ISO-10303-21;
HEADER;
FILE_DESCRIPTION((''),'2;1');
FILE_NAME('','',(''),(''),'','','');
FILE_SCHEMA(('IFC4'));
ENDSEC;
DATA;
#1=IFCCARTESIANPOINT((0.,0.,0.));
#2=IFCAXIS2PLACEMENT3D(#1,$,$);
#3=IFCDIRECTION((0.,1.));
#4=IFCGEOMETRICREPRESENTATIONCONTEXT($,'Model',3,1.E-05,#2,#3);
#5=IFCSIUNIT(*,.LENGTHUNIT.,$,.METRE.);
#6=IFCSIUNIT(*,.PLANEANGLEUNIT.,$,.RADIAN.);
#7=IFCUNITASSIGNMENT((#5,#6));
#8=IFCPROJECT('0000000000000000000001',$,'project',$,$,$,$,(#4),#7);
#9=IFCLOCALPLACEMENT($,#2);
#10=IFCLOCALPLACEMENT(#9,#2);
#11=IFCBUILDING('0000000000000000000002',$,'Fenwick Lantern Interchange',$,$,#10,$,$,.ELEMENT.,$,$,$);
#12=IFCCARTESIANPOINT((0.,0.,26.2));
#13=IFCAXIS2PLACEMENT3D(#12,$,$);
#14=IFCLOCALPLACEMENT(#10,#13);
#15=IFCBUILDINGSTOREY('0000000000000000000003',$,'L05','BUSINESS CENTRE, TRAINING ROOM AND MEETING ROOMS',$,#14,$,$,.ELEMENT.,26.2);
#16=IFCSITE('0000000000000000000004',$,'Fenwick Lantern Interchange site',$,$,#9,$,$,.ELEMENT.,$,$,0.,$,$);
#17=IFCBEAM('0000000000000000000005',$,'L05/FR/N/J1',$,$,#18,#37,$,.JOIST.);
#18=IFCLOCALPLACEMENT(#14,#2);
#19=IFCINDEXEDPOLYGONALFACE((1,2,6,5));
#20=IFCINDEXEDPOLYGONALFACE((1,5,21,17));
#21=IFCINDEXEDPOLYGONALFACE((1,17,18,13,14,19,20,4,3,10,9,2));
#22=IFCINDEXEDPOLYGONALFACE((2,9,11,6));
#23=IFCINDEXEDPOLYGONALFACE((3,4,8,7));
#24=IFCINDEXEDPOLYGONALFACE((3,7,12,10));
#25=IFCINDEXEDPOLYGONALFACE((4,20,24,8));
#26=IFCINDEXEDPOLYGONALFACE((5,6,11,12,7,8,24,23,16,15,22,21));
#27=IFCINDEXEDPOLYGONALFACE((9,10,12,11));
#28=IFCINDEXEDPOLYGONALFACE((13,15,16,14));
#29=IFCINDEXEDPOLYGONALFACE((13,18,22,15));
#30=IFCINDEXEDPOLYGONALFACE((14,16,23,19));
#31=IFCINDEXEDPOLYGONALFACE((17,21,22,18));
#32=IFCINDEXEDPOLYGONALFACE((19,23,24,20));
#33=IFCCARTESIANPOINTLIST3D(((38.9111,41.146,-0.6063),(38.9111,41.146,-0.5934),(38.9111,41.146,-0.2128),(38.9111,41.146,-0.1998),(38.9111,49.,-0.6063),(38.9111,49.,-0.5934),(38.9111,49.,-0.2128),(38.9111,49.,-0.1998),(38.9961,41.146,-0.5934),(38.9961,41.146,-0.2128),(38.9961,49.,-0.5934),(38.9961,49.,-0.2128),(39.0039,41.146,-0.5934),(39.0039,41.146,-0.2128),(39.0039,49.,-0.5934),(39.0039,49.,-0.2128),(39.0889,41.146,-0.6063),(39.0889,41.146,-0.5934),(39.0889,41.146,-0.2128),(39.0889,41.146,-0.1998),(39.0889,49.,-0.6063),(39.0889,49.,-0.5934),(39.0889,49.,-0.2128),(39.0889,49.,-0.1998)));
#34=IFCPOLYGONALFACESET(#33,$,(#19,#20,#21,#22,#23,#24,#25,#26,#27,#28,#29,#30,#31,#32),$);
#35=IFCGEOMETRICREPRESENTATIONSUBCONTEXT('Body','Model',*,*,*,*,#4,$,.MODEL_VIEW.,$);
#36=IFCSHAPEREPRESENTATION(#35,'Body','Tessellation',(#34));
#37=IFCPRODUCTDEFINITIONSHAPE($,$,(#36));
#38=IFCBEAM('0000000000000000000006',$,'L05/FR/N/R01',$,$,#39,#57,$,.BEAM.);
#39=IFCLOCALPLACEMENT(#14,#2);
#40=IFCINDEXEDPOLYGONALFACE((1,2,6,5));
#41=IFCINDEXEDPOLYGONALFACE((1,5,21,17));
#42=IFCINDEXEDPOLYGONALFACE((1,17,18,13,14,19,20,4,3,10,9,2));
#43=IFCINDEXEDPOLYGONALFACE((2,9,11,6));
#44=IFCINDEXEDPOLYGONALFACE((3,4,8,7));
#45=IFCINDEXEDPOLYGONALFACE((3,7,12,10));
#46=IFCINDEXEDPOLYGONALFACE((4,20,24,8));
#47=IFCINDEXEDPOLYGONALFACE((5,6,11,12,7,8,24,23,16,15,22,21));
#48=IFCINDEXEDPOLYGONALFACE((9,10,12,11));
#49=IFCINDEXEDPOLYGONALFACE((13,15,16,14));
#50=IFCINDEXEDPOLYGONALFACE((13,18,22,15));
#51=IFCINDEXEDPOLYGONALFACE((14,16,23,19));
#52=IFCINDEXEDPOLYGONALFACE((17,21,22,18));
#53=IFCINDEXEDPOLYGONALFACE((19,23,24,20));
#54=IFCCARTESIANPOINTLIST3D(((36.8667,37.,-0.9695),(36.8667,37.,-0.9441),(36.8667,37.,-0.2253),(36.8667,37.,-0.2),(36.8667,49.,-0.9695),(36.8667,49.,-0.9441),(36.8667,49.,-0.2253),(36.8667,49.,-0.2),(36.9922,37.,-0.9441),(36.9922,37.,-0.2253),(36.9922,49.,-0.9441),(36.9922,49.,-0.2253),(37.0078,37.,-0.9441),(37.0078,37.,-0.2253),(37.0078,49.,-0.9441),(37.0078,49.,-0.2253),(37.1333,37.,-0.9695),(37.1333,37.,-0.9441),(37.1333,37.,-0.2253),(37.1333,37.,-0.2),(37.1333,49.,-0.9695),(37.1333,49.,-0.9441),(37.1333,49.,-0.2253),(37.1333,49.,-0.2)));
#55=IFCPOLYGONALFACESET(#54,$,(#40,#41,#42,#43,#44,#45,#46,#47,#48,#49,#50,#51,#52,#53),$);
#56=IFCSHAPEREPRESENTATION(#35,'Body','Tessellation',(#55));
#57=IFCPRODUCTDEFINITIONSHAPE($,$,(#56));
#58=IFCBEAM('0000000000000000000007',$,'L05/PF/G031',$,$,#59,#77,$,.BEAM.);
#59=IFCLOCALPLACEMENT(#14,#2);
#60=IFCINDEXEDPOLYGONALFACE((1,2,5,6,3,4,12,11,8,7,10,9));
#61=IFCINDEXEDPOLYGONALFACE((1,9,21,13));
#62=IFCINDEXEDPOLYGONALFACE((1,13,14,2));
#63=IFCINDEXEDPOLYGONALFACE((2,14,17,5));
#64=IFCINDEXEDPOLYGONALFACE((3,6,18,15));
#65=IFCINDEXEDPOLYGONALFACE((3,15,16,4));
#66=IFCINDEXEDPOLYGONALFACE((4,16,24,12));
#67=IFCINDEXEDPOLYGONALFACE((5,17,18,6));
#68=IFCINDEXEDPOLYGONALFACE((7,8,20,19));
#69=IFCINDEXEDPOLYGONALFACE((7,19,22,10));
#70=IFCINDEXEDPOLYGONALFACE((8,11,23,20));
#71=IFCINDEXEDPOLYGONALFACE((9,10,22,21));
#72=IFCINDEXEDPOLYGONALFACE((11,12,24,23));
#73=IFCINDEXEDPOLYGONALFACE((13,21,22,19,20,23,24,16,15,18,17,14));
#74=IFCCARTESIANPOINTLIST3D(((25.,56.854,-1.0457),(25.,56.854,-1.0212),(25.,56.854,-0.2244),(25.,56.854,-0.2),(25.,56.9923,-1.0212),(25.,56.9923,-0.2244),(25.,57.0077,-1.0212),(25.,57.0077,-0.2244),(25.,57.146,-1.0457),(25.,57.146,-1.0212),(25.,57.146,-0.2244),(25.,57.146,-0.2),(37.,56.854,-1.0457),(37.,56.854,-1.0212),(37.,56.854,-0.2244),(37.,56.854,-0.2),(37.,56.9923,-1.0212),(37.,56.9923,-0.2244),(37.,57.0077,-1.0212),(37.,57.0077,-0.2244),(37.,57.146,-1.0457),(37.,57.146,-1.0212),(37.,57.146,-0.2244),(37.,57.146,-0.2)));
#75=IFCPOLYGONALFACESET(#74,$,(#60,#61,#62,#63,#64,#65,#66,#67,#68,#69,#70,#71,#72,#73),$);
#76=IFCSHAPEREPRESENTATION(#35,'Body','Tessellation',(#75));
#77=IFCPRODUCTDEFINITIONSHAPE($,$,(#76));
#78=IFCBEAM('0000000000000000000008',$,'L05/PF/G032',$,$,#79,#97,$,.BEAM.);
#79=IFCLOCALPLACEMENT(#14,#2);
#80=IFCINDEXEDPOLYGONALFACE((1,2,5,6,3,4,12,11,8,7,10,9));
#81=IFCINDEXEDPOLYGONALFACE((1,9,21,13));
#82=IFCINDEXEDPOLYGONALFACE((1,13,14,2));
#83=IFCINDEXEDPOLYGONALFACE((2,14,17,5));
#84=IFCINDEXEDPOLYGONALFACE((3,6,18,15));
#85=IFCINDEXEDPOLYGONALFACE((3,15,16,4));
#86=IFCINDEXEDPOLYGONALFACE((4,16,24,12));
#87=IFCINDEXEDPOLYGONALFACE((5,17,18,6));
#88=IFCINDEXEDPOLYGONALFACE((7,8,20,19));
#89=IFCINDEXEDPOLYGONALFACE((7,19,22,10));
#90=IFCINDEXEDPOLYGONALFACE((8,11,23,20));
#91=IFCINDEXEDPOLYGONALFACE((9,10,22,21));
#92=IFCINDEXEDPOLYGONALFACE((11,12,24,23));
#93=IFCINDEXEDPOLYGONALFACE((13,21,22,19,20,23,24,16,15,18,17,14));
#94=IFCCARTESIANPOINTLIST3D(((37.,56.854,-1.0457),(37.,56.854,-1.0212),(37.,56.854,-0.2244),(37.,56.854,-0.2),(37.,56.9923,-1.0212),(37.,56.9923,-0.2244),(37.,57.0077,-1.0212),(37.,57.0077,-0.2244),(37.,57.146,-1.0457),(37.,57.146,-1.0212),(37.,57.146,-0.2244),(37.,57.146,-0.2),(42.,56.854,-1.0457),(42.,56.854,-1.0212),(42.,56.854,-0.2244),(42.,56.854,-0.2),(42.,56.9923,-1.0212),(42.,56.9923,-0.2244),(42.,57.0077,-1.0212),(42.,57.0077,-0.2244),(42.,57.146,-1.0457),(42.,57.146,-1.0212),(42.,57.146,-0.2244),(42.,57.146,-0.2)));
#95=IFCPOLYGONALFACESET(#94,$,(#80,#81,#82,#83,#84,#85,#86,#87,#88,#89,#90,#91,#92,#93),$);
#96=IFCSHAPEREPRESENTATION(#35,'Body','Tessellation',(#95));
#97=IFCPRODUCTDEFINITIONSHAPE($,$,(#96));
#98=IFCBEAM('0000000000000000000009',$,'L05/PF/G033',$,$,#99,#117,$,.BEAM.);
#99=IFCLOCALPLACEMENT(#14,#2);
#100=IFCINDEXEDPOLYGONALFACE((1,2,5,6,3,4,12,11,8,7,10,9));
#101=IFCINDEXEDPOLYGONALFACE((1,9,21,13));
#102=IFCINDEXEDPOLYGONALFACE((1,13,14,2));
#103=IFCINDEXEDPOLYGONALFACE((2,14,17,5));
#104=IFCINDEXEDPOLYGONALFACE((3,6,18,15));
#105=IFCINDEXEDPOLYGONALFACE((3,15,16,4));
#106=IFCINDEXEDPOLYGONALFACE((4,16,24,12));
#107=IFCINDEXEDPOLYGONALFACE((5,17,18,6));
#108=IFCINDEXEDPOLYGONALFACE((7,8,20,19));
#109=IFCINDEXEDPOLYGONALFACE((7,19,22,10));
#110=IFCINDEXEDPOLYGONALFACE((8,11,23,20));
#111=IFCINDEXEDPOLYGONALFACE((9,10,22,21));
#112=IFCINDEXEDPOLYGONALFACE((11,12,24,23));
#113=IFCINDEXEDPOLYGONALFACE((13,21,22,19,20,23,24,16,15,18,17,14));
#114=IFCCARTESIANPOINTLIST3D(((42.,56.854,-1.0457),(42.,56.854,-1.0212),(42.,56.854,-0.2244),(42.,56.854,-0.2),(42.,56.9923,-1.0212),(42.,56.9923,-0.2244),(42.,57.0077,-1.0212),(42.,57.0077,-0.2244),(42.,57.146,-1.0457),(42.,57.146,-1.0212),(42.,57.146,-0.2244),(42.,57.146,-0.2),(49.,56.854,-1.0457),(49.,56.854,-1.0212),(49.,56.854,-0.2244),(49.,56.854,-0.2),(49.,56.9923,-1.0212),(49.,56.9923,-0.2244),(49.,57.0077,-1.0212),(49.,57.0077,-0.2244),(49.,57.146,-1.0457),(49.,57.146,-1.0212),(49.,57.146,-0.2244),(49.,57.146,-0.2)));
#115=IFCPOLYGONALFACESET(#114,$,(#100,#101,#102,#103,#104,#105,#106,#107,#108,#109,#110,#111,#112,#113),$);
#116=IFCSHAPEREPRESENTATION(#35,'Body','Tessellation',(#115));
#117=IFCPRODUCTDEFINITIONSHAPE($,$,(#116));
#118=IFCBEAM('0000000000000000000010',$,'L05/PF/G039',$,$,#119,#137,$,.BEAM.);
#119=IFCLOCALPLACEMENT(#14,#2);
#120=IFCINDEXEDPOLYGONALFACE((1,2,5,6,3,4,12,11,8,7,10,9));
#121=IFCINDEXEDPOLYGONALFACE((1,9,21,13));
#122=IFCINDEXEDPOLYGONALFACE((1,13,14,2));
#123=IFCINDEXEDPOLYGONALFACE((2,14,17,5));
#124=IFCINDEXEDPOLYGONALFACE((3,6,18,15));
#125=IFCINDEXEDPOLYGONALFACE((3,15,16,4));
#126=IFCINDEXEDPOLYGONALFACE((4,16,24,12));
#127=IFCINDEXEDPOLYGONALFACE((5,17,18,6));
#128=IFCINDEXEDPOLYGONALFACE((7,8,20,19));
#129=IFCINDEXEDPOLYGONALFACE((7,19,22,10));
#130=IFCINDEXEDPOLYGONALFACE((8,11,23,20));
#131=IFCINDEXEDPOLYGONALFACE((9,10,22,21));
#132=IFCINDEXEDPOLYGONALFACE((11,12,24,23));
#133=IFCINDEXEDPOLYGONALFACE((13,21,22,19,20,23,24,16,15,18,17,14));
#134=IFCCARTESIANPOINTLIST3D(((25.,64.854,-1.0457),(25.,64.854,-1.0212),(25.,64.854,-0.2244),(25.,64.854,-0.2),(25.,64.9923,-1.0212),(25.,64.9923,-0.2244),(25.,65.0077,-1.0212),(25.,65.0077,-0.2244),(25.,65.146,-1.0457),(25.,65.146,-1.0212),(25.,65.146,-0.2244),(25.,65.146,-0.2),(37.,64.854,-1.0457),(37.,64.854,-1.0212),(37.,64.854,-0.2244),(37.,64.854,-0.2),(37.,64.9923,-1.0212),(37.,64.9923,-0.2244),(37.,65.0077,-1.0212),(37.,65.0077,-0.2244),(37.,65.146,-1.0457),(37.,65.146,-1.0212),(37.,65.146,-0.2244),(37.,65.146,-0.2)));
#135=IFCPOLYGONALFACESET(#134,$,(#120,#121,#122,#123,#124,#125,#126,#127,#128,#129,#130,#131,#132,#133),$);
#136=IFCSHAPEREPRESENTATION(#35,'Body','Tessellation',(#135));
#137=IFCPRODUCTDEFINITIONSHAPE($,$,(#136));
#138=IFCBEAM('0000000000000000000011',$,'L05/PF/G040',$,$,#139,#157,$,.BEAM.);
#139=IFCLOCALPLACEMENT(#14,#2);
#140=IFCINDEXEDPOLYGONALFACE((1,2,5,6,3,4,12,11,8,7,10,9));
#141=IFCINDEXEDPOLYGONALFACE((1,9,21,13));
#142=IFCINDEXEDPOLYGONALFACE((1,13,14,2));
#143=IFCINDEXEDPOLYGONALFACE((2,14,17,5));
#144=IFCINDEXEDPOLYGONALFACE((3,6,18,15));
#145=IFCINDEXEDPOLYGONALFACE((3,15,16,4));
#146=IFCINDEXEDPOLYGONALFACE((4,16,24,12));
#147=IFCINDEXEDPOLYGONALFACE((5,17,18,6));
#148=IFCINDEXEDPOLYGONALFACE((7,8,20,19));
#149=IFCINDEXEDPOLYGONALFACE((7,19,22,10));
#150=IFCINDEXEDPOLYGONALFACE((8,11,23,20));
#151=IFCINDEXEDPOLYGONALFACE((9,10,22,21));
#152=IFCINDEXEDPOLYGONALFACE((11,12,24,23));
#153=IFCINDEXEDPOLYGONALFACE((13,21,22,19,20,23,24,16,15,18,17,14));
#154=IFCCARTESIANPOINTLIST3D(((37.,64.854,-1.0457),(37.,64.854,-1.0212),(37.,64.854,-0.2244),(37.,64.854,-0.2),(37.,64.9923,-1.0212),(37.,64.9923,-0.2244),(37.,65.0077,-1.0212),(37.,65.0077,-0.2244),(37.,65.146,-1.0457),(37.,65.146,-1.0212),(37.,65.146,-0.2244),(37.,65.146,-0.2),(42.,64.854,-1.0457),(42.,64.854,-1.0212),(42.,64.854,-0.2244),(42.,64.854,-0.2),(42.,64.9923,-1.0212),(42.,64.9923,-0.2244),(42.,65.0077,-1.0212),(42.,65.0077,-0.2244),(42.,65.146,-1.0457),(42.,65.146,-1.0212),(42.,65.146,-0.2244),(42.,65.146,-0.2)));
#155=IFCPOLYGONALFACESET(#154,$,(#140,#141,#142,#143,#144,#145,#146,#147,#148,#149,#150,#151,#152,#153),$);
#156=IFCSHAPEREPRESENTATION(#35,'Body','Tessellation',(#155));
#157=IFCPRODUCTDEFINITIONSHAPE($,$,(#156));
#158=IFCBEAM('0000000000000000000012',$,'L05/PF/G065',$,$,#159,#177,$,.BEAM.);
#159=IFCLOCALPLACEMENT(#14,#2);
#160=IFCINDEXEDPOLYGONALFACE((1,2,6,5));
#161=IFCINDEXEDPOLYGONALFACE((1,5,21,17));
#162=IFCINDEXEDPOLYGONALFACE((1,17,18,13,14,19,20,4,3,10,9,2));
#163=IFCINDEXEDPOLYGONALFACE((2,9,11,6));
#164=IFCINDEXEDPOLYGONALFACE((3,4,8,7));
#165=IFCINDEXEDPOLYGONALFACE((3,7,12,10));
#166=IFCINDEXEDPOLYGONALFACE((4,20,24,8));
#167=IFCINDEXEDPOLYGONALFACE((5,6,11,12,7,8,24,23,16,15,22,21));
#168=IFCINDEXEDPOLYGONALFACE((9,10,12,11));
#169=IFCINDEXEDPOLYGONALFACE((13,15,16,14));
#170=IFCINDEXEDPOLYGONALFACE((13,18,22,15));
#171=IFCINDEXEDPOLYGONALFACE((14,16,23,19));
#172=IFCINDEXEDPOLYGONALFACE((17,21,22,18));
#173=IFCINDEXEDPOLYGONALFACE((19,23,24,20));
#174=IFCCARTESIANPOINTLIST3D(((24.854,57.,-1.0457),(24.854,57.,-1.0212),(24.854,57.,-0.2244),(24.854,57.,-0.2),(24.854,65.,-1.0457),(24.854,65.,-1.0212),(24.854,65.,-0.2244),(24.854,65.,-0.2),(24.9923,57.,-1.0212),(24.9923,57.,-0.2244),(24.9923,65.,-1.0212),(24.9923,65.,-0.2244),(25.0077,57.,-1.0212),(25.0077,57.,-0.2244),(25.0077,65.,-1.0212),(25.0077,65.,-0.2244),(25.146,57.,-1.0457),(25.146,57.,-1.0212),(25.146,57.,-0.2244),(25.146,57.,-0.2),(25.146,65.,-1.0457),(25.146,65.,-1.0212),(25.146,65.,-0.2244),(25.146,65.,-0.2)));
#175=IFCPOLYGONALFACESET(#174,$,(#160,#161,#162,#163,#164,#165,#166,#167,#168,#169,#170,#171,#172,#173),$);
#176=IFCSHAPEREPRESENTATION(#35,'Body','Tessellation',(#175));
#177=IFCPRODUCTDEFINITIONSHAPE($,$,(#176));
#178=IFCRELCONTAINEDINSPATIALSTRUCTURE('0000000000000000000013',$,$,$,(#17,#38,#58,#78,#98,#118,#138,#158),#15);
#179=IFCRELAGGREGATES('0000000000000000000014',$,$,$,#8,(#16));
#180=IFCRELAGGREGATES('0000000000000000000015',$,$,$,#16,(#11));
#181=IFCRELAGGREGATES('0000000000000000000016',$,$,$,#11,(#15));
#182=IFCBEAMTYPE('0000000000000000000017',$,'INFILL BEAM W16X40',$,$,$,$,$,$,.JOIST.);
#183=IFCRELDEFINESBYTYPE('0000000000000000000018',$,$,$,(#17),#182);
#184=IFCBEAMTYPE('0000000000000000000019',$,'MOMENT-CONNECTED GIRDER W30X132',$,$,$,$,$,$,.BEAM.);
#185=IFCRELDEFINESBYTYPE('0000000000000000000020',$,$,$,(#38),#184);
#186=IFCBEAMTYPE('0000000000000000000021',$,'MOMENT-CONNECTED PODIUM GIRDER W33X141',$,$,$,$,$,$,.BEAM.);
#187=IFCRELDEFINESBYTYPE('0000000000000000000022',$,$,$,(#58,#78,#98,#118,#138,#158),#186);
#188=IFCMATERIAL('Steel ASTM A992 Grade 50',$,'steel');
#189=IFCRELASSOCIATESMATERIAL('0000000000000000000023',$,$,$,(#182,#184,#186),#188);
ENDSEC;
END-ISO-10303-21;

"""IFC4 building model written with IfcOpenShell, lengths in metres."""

from ifc_helpers import new_model, si_unit, direction, frame, origin, origin_2d, place, context, subcontext, project, spatial, i_section, extrude, material, material_profile, profile_set, type_object, element, save


model = new_model("IFC4")

# Units and contexts
model_context = context("Model", 3, precision=1e-05, world=origin(), true_north=direction((0.0, 1.0)))
body_context = subcontext(model_context, "Body", "Model", "MODEL_VIEW")
ifc_project = project(units=[si_unit("LENGTHUNIT", "METRE"), si_unit("PLANEANGLEUNIT", "RADIAN")], contexts=[model_context])

# Site, building, storey
site_placement = place(None, origin())
site = spatial("IfcSite", under=ifc_project, at=site_placement, Name="Fenwick Lantern Interchange site", CompositionType="ELEMENT", RefElevation=0.0)
building_placement = place(site_placement, origin())
building = spatial("IfcBuilding", under=site, at=building_placement, Name="Fenwick Lantern Interchange", CompositionType="ELEMENT")
storey_placement = place(building_placement, frame((0.0, 0.0, 26.2)))
storey = spatial("IfcBuildingStorey", under=building, at=storey_placement, Name="L05", Description="BUSINESS CENTRE, TRAINING ROOM AND MEETING ROOMS", CompositionType="ELEMENT", Elevation=26.2)

# Shared definitions
ifc_material_1 = material(Name="Steel ASTM A992 Grade 50", Category="steel")

# Beams
ifc_material_profile_1 = material_profile(ifc_material_1, i_section(OverallWidth=0.1777, OverallDepth=0.4065, WebThickness=0.0078, FlangeThickness=0.0129, at=origin_2d()), Name="W16X40")
ifc_profile_set_1 = profile_set([ifc_material_profile_1], Name="Steel ASTM A992 Grade 50")
beam_type_1 = type_object("IfcBeamType", Name="INFILL BEAM W16X40", PredefinedType="JOIST", material=ifc_profile_set_1)
beam_1_placement = place(storey_placement, frame((39.0, 49.0, -0.4031), z_axis=(0.0, -1.0, 0.0), x_axis=(1.0, 0.0, 0.0)))
element("IfcBeam", 1, at=beam_1_placement, inside=storey, type_object=beam_type_1, Name="L05/FR/N/J1", PredefinedType="JOIST", context=body_context, shape_type="SweptSolid", body=[
    extrude(i_section(OverallWidth=0.1777, OverallDepth=0.4065, WebThickness=0.0078, FlangeThickness=0.0129, at=origin_2d()), origin(), (0.0, 0.0, 1.0), 7.854),
])
ifc_material_profile_2 = material_profile(ifc_material_1, i_section(OverallWidth=0.2666, OverallDepth=0.7695, WebThickness=0.0156, FlangeThickness=0.0254, at=origin_2d()), Name="W30X132")
ifc_profile_set_2 = profile_set([ifc_material_profile_2], Name="Steel ASTM A992 Grade 50")
beam_type_2 = type_object("IfcBeamType", Name="MOMENT-CONNECTED GIRDER W30X132", PredefinedType="BEAM", material=ifc_profile_set_2)
beam_2_placement = place(storey_placement, frame((37.0, 49.0, -0.5847), z_axis=(0.0, -1.0, 0.0), x_axis=(1.0, 0.0, 0.0)))
element("IfcBeam", 2, at=beam_2_placement, inside=storey, type_object=beam_type_2, Name="L05/FR/N/R01", PredefinedType="BEAM", context=body_context, shape_type="SweptSolid", body=[
    extrude(i_section(OverallWidth=0.2666, OverallDepth=0.7695, WebThickness=0.0156, FlangeThickness=0.0254, at=origin_2d()), origin(), (0.0, 0.0, 1.0), 12.0),
])
ifc_material_profile_3 = material_profile(ifc_material_1, i_section(OverallWidth=0.292, OverallDepth=0.8457, WebThickness=0.0154, FlangeThickness=0.0244, at=origin_2d()), Name="W33X141")
ifc_profile_set_3 = profile_set([ifc_material_profile_3], Name="Steel ASTM A992 Grade 50")
beam_type_3 = type_object("IfcBeamType", Name="MOMENT-CONNECTED PODIUM GIRDER W33X141", PredefinedType="BEAM", material=ifc_profile_set_3)
beam_3_placement = place(storey_placement, frame((25.0, 57.0, -0.6228), z_axis=(1.0, 0.0, 0.0), x_axis=(0.0, 1.0, 0.0)))
element("IfcBeam", 3, at=beam_3_placement, inside=storey, type_object=beam_type_3, Name="L05/PF/G031", PredefinedType="BEAM", context=body_context, shape_type="SweptSolid", body=[
    extrude(i_section(OverallWidth=0.292, OverallDepth=0.8457, WebThickness=0.0154, FlangeThickness=0.0244, at=origin_2d()), origin(), (0.0, 0.0, 1.0), 12.0),
])
beam_4_placement = place(storey_placement, frame((37.0, 57.0, -0.6228), z_axis=(1.0, 0.0, 0.0), x_axis=(0.0, 1.0, 0.0)))
element("IfcBeam", 4, at=beam_4_placement, inside=storey, type_object=beam_type_3, Name="L05/PF/G032", PredefinedType="BEAM", context=body_context, shape_type="SweptSolid", body=[
    extrude(i_section(OverallWidth=0.292, OverallDepth=0.8457, WebThickness=0.0154, FlangeThickness=0.0244, at=origin_2d()), origin(), (0.0, 0.0, 1.0), 5.0),
])
beam_5_placement = place(storey_placement, frame((42.0, 57.0, -0.6228), z_axis=(1.0, 0.0, 0.0), x_axis=(0.0, 1.0, 0.0)))
element("IfcBeam", 5, at=beam_5_placement, inside=storey, type_object=beam_type_3, Name="L05/PF/G033", PredefinedType="BEAM", context=body_context, shape_type="SweptSolid", body=[
    extrude(i_section(OverallWidth=0.292, OverallDepth=0.8457, WebThickness=0.0154, FlangeThickness=0.0244, at=origin_2d()), origin(), (0.0, 0.0, 1.0), 7.0),
])
beam_6_placement = place(storey_placement, frame((25.0, 65.0, -0.6228), z_axis=(1.0, 0.0, 0.0), x_axis=(0.0, 1.0, 0.0)))
element("IfcBeam", 6, at=beam_6_placement, inside=storey, type_object=beam_type_3, Name="L05/PF/G039", PredefinedType="BEAM", context=body_context, shape_type="SweptSolid", body=[
    extrude(i_section(OverallWidth=0.292, OverallDepth=0.8457, WebThickness=0.0154, FlangeThickness=0.0244, at=origin_2d()), origin(), (0.0, 0.0, 1.0), 12.0),
])
beam_7_placement = place(storey_placement, frame((37.0, 65.0, -0.6228), z_axis=(1.0, 0.0, 0.0), x_axis=(0.0, 1.0, 0.0)))
element("IfcBeam", 7, at=beam_7_placement, inside=storey, type_object=beam_type_3, Name="L05/PF/G040", PredefinedType="BEAM", context=body_context, shape_type="SweptSolid", body=[
    extrude(i_section(OverallWidth=0.292, OverallDepth=0.8457, WebThickness=0.0154, FlangeThickness=0.0244, at=origin_2d()), origin(), (0.0, 0.0, 1.0), 5.0),
])
for number, where, z_axis, x_axis, name in (
    (8, (25.0, 57.0, -0.6228), (0.0, 1.0, 0.0), (-1.0, 0.0, 0.0), "L05/PF/G065"),
):
    element("IfcBeam", number, at=place(storey_placement, frame(where, z_axis=z_axis, x_axis=x_axis)), inside=storey, type_object=beam_type_3, Name=name, PredefinedType="BEAM", context=body_context, shape_type="SweptSolid", body=[
        extrude(i_section(OverallWidth=0.292, OverallDepth=0.8457, WebThickness=0.0154, FlangeThickness=0.0244, at=origin_2d()), origin(), (0.0, 0.0, 1.0), 8.0),
    ])

save(model, "model.ifc")
